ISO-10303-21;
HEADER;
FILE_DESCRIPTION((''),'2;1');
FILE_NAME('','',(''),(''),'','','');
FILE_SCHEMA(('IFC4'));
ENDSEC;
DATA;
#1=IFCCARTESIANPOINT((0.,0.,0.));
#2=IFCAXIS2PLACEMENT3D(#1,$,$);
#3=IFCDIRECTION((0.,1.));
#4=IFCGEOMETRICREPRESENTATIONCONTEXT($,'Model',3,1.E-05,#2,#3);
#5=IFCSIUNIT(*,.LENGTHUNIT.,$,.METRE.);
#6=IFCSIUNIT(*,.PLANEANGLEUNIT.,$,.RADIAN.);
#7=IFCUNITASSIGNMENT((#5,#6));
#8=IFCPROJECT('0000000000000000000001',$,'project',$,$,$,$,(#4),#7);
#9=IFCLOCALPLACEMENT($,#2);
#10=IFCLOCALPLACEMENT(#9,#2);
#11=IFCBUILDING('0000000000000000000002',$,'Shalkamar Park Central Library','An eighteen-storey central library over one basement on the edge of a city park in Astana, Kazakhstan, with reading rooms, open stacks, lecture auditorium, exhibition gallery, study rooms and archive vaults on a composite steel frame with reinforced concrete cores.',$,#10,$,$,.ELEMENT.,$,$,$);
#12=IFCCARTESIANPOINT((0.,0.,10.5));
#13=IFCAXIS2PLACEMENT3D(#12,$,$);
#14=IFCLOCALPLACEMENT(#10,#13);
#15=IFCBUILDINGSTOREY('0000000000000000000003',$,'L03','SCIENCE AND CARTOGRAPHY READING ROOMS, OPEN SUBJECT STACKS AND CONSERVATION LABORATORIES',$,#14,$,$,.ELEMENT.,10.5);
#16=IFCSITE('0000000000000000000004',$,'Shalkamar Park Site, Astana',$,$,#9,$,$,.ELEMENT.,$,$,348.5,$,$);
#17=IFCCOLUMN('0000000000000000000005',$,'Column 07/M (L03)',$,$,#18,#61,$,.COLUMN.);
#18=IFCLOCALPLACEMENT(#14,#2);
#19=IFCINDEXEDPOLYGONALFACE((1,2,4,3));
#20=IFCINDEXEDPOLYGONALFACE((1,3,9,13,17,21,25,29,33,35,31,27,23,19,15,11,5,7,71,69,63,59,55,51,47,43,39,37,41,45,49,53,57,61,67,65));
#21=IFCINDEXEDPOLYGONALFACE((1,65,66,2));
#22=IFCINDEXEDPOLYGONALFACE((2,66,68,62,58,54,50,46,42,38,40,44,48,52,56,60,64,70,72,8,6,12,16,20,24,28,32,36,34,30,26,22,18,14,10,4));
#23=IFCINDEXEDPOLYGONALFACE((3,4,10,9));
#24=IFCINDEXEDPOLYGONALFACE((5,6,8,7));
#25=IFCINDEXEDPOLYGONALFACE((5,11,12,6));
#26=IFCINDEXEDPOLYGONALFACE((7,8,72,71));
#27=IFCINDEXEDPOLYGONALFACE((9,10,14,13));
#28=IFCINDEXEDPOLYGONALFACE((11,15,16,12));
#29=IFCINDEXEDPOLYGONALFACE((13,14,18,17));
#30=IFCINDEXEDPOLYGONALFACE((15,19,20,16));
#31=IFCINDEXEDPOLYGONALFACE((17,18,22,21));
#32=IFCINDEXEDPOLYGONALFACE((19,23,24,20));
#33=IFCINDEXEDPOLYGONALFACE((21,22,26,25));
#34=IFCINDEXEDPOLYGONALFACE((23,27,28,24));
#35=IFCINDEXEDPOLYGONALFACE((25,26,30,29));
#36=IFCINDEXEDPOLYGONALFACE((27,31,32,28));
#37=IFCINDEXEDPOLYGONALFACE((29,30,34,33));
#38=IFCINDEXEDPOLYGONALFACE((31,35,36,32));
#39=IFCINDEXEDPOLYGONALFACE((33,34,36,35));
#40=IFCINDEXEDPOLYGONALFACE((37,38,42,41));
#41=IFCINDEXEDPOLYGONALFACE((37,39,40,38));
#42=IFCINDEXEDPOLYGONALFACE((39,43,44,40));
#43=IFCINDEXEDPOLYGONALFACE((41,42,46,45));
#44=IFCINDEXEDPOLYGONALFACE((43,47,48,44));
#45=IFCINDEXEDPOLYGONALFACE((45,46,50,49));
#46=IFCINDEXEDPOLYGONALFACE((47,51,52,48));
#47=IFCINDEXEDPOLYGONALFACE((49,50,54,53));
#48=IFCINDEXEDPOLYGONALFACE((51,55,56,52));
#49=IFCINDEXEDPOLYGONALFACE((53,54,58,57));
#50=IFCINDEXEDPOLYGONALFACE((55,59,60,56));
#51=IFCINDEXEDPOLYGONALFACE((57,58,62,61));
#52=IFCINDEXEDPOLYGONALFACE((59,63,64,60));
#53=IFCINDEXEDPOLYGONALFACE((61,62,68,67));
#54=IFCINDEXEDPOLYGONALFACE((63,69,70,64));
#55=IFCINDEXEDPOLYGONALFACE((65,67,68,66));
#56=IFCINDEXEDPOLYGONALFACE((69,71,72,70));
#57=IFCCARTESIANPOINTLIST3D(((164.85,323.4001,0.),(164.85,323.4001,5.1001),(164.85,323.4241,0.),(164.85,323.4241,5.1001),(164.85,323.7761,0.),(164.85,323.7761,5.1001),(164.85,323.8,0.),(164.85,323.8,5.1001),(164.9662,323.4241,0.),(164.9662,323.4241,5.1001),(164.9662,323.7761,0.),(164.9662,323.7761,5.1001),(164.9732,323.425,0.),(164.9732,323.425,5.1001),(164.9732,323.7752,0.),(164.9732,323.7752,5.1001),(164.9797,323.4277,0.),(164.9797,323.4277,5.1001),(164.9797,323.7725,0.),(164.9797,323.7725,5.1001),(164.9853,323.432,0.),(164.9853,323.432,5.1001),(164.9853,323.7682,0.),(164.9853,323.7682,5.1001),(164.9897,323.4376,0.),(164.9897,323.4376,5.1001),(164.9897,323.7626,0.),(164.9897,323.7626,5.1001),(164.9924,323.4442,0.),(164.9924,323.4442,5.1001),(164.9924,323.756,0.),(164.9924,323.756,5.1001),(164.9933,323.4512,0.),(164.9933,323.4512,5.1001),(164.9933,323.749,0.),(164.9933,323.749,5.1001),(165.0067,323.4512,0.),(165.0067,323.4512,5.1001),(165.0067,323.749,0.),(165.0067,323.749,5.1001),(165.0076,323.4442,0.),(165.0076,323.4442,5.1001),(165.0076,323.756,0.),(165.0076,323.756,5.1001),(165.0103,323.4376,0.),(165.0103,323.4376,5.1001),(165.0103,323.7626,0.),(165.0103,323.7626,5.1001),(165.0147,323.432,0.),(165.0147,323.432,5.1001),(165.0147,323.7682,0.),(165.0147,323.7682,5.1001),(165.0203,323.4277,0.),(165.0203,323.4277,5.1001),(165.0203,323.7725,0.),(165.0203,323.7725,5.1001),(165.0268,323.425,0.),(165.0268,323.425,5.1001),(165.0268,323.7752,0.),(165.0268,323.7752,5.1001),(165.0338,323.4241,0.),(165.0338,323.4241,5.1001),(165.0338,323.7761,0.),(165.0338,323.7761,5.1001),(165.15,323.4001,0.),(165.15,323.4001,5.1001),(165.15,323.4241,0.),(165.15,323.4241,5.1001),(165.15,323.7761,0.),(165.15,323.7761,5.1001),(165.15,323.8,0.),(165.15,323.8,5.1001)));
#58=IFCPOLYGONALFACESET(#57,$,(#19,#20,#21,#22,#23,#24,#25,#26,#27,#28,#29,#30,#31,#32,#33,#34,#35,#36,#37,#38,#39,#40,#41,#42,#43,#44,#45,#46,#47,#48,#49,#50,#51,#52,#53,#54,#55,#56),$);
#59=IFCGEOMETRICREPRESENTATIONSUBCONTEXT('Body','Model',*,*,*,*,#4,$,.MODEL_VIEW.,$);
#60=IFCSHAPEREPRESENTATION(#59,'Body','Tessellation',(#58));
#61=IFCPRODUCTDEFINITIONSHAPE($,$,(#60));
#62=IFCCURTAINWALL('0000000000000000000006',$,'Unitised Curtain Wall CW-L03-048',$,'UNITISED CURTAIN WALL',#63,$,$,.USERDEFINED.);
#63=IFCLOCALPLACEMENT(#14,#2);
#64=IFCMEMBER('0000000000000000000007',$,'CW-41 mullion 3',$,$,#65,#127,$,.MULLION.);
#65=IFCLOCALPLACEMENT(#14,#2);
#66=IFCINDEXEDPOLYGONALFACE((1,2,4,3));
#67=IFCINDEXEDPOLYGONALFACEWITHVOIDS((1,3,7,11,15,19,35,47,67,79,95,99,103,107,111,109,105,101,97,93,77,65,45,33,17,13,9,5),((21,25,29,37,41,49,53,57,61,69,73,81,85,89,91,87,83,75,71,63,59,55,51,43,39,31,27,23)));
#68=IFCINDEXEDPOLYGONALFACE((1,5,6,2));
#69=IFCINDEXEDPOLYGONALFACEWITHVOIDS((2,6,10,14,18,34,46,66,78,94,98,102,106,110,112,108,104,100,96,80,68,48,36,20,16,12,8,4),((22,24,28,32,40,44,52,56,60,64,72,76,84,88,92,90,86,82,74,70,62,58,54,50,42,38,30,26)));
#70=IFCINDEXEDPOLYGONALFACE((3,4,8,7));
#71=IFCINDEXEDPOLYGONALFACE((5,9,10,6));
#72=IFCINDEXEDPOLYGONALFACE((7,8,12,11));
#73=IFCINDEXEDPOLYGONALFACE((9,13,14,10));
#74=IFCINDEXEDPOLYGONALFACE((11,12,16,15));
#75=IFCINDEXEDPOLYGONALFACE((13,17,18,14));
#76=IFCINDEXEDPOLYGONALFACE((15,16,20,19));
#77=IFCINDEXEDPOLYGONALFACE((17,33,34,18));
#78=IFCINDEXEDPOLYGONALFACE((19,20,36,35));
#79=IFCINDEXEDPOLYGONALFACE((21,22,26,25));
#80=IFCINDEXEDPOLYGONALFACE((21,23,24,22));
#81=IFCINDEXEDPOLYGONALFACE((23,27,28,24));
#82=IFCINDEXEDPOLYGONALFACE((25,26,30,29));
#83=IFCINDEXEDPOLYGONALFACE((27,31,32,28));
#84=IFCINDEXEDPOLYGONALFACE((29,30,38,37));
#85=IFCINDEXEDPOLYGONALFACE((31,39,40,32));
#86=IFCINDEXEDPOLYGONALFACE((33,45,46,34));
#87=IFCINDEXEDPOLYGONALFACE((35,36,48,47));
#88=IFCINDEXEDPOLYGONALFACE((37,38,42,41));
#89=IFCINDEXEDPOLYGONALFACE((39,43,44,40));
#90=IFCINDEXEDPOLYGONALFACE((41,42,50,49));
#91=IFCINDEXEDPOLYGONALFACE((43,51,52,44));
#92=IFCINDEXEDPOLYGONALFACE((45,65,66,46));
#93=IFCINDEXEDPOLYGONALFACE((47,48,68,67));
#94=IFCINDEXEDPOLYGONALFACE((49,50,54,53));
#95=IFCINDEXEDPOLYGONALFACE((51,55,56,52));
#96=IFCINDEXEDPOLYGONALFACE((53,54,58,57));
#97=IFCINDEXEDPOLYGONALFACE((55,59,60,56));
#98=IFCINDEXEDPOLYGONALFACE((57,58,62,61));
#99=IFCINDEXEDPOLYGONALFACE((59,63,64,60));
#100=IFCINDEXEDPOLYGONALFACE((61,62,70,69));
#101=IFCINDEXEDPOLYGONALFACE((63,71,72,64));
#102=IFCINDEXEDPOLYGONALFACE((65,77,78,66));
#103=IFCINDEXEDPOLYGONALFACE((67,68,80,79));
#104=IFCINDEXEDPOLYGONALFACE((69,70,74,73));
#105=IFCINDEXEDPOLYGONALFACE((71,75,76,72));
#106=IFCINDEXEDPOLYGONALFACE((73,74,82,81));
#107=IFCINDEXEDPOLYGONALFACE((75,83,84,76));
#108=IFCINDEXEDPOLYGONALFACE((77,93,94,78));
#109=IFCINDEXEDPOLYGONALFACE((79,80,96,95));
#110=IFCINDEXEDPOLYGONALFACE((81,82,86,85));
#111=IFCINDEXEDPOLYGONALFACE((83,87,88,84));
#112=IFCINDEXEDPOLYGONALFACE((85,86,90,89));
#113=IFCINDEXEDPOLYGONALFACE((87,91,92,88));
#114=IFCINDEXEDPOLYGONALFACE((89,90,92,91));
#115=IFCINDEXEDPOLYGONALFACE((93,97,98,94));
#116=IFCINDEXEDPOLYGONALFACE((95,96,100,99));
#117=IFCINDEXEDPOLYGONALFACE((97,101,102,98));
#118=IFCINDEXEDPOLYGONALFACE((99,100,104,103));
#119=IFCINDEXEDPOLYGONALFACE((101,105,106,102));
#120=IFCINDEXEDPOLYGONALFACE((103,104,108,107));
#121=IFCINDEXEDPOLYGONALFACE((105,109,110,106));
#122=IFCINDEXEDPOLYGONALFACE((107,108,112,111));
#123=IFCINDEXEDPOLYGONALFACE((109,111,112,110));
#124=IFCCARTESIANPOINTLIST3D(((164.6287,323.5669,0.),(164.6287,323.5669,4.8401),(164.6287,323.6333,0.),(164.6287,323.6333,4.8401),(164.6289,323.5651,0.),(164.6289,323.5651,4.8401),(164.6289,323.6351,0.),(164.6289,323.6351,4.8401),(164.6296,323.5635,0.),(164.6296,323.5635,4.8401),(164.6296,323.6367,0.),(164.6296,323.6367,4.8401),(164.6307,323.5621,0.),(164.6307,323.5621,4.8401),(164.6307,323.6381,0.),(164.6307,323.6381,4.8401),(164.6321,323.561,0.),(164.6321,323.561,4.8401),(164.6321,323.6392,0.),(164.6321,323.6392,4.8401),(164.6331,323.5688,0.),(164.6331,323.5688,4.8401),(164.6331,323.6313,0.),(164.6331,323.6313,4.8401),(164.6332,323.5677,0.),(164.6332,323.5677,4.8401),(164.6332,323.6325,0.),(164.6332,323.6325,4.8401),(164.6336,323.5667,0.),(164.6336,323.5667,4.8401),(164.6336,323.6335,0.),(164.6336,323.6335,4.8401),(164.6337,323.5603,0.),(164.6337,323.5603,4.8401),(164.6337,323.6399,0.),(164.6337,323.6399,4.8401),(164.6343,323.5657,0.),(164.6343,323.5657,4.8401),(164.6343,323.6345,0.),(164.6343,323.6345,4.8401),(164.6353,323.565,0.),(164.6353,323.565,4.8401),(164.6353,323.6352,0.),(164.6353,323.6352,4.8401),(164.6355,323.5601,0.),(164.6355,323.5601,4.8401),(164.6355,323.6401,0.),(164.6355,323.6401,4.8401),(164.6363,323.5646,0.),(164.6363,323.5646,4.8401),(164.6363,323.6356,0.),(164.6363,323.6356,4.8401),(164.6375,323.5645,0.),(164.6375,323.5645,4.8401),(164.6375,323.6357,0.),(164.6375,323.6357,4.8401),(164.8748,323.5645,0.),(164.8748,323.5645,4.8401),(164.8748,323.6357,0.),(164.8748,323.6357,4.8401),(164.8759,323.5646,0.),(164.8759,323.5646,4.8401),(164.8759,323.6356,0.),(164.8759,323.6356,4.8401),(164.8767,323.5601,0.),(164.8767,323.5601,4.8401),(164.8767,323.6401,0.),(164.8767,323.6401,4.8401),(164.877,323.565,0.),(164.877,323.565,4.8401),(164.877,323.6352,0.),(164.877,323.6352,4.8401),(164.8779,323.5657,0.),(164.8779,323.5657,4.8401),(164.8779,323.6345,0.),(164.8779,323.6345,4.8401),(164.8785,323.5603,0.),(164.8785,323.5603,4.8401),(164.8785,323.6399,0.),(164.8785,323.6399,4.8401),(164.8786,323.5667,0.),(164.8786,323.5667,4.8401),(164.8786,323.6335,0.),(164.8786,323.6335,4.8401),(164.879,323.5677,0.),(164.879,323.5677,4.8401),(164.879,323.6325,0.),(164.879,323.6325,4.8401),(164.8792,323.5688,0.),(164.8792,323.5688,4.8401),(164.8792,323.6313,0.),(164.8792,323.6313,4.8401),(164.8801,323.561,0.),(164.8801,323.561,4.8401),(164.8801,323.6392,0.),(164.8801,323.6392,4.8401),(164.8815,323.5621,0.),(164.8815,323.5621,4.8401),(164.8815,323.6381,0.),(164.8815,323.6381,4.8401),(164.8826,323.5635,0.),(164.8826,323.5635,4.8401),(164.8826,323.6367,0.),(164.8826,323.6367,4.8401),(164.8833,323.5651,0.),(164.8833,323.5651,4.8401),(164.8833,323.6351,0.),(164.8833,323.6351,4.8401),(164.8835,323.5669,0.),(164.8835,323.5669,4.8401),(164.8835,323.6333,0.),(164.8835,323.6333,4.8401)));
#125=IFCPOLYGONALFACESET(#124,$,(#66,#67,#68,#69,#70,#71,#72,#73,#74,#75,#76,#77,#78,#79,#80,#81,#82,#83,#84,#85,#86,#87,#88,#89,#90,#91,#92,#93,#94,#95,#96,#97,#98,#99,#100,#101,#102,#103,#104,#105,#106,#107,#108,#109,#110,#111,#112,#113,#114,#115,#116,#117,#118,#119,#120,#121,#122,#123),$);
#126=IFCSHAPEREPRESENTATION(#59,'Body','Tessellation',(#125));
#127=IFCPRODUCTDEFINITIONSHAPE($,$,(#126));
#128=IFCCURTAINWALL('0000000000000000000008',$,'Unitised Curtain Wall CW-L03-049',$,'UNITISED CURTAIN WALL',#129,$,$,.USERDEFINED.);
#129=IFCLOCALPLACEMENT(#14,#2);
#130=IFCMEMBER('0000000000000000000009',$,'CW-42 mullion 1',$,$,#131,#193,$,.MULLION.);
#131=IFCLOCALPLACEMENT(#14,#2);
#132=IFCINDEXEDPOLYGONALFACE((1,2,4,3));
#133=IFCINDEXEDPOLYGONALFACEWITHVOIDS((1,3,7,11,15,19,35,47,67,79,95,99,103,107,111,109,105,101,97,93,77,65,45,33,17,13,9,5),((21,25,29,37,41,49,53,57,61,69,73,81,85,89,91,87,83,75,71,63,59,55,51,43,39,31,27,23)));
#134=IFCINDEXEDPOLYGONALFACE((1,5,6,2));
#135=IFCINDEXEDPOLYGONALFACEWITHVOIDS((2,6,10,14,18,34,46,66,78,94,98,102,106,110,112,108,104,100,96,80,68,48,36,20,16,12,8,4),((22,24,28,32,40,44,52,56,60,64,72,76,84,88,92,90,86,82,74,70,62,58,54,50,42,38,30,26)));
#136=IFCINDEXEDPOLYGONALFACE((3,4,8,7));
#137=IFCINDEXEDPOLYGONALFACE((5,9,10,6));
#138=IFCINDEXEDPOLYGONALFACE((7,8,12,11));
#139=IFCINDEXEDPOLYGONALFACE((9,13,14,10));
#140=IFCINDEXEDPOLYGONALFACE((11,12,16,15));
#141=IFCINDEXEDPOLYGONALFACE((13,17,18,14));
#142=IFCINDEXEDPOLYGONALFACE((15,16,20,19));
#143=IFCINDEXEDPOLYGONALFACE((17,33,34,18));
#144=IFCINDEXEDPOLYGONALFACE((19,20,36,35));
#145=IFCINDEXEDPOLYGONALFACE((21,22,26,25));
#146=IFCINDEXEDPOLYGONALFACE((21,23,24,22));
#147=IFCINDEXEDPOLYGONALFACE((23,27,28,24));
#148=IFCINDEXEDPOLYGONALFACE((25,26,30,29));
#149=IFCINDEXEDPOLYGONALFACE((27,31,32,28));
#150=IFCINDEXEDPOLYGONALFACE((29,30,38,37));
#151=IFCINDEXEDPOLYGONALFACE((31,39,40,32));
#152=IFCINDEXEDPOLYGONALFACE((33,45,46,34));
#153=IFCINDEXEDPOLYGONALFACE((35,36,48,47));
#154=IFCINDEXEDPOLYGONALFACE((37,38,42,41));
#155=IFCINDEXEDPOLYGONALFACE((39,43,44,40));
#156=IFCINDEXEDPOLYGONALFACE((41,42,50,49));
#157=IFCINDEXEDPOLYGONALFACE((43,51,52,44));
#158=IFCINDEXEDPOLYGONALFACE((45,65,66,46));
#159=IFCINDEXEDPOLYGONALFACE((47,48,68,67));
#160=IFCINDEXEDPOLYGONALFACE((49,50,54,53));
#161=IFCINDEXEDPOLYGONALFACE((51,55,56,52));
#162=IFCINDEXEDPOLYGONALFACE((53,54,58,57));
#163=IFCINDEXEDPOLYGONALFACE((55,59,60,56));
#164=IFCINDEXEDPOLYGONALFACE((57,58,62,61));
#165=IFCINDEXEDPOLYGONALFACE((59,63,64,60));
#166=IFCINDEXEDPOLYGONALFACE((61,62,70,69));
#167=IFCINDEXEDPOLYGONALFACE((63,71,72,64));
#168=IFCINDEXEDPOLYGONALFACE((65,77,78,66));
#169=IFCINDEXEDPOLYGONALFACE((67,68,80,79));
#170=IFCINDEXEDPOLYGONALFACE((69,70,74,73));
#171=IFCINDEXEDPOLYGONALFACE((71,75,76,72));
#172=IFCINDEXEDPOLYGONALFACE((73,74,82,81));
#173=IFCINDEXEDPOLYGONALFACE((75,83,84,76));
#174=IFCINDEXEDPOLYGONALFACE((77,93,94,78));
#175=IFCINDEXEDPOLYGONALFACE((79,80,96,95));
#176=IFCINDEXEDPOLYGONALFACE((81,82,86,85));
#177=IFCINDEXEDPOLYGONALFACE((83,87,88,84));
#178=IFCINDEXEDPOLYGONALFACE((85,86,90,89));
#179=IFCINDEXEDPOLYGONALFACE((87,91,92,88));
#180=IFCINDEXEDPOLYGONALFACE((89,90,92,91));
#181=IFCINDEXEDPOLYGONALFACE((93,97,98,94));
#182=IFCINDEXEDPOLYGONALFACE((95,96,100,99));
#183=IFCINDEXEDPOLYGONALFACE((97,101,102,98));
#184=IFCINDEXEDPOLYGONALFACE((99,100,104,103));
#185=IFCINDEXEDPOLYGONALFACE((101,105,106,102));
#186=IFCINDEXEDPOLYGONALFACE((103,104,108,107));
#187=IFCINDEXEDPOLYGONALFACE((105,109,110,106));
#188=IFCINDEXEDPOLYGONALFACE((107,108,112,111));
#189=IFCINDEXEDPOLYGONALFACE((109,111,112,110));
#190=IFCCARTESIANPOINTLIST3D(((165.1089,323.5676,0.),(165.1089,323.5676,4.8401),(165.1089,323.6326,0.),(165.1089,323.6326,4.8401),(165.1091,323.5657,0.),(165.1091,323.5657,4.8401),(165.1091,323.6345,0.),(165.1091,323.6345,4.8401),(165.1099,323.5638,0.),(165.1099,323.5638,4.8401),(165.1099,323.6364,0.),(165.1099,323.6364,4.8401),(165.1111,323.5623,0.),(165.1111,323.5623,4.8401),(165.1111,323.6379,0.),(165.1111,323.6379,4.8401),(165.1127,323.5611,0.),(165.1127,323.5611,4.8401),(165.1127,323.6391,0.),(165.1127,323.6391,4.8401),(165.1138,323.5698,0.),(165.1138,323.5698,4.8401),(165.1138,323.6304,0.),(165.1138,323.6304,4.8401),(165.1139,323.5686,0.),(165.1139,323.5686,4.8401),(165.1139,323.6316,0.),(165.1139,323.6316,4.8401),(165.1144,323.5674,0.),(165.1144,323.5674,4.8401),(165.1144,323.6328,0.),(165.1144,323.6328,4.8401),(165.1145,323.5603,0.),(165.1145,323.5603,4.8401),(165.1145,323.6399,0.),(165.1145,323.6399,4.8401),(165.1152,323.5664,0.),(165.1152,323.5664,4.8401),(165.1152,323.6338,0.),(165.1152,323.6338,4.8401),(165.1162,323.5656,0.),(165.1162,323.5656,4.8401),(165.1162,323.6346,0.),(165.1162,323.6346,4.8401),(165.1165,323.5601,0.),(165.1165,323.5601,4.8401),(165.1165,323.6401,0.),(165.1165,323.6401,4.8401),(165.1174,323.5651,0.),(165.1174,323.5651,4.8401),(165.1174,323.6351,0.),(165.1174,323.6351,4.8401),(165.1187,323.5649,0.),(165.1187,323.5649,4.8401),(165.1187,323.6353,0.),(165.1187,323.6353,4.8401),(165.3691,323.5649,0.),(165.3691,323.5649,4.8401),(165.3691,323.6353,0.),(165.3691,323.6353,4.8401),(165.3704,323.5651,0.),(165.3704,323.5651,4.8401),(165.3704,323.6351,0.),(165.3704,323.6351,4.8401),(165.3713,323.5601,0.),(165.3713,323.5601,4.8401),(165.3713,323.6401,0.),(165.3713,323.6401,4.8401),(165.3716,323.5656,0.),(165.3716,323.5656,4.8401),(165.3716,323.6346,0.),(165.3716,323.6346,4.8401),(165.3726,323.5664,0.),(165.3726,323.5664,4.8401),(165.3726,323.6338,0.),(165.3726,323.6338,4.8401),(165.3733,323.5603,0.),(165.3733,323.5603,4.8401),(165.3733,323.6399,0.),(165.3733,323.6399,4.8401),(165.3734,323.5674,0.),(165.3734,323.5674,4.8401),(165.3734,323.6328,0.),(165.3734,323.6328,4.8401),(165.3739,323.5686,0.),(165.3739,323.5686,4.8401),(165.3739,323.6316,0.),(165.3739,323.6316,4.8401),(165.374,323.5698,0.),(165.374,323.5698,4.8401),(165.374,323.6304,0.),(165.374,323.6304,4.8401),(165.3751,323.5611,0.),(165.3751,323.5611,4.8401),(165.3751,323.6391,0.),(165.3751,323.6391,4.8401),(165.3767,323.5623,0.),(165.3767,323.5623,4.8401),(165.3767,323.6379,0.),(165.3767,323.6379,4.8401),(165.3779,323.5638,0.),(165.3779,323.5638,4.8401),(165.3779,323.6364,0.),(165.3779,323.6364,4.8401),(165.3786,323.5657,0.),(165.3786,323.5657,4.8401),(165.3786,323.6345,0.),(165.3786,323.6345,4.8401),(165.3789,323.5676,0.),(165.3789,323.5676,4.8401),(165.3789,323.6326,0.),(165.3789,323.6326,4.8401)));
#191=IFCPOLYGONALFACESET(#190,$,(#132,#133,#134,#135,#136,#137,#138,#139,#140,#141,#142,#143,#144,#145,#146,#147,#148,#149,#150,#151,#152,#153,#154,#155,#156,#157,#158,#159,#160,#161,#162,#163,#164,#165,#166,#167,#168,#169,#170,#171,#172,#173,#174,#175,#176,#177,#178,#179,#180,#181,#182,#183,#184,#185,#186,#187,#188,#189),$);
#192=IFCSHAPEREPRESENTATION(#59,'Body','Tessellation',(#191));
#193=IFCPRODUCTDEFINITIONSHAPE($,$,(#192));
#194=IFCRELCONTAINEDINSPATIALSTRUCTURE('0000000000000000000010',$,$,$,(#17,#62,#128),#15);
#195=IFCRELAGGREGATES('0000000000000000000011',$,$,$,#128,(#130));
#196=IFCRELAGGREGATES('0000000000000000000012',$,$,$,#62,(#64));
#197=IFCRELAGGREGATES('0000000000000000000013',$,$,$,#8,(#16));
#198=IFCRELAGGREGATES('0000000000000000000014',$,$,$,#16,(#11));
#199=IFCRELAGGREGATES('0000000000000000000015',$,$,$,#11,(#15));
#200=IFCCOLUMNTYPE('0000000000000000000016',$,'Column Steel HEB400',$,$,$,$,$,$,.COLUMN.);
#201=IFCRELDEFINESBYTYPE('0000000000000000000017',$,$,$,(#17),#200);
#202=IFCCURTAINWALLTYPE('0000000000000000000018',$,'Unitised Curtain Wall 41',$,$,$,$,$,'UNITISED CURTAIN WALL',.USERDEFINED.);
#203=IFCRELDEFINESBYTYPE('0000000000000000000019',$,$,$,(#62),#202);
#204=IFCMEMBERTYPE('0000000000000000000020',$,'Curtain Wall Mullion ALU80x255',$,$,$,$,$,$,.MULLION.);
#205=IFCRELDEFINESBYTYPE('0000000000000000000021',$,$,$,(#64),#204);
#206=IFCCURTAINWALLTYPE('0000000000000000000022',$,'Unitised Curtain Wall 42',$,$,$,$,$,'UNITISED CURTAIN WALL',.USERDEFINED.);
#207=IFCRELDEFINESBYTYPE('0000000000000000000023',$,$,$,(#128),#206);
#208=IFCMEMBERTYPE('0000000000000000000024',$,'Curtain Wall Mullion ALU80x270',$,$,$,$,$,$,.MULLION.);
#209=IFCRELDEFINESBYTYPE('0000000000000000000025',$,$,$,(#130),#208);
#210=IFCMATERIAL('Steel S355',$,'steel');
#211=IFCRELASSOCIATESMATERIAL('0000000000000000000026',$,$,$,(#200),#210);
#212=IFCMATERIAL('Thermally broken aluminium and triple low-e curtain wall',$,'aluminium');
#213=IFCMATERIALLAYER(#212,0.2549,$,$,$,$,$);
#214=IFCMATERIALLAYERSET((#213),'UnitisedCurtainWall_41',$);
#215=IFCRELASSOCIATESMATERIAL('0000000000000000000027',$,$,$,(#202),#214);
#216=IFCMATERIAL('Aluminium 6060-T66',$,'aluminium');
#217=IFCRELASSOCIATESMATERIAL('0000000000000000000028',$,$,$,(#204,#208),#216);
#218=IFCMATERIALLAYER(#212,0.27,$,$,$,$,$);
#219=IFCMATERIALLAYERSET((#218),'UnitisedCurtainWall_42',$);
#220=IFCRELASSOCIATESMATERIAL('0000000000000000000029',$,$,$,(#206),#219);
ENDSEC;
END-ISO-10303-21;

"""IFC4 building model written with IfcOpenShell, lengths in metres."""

from ifc_helpers import new_model, si_unit, direction, frame, origin, origin_2d, place, context, subcontext, project, spatial, hollow_rectangle, i_section, extrude, material, layer, layer_set, material_profile, profile_set, type_object, element, aggregate, save


model = new_model("IFC4")

# Units and contexts
model_context = context("Model", 3, precision=1e-05, world=origin(), true_north=direction((0.0, 1.0)))
body_context = subcontext(model_context, "Body", "Model", "MODEL_VIEW")
ifc_project = project(units=[si_unit("LENGTHUNIT", "METRE"), si_unit("PLANEANGLEUNIT", "RADIAN")], contexts=[model_context])

# Site, building, storey
site_placement = place(None, origin())
site = spatial("IfcSite", under=ifc_project, at=site_placement, Name="Shalkamar Park Site, Astana", CompositionType="ELEMENT", RefElevation=348.5)
building_placement = place(site_placement, origin())
building = spatial("IfcBuilding", under=site, at=building_placement, Name="Shalkamar Park Central Library", Description="An eighteen-storey central library over one basement on the edge of a city park in Astana, Kazakhstan, with reading rooms, open stacks, lecture auditorium, exhibition gallery, study rooms and archive vaults on a composite steel frame with reinforced concrete cores.", CompositionType="ELEMENT")
storey_placement = place(building_placement, frame((0.0, 0.0, 10.5)))
storey = spatial("IfcBuildingStorey", under=building, at=storey_placement, Name="L03", Description="SCIENCE AND CARTOGRAPHY READING ROOMS, OPEN SUBJECT STACKS AND CONSERVATION LABORATORIES", CompositionType="ELEMENT", Elevation=10.5)

# Column
ifc_material_1 = material(Name="Steel S355", Category="steel")
ifc_material_profile_1 = material_profile(ifc_material_1, i_section(OverallWidth=0.3, OverallDepth=0.3999, WebThickness=0.0134, FlangeThickness=0.0239, FilletRadius=0.0271, at=origin_2d()), Name="HEB 400")
ifc_profile_set_1 = profile_set([ifc_material_profile_1], Name="Steel S355")
column_type = type_object("IfcColumnType", Name="Column Steel HEB400", PredefinedType="COLUMN", material=ifc_profile_set_1)
column_placement = place(storey_placement, frame((165.0, 323.6001, 0.0), z_axis=(0.0, 0.0, 1.0), x_axis=(1.0, 0.0, 0.0)))
element("IfcColumn", 1, at=column_placement, inside=storey, type_object=column_type, Name="Column 07/M (L03)", PredefinedType="COLUMN", context=body_context, shape_type="SweptSolid", body=[
    extrude(i_section(OverallWidth=0.3, OverallDepth=0.3999, WebThickness=0.0134, FlangeThickness=0.0239, FilletRadius=0.0271, at=origin_2d()), origin(), (0.0, 0.0, 1.0), 5.1001),
])

# Curtain wall, member
ifc_material_2 = material(Name="Thermally broken aluminium and triple low-e curtain wall", Category="aluminium")
ifc_layer_1 = layer(ifc_material_2, 0.2549)
ifc_layer_set_1 = layer_set([ifc_layer_1], Name="UnitisedCurtainWall_41")
curtain_wall_type_1 = type_object("IfcCurtainWallType", Name="Unitised Curtain Wall 41", ElementType="UNITISED CURTAIN WALL", PredefinedType="USERDEFINED", material=ifc_layer_set_1)
curtain_wall_1_placement = place(storey_placement, origin())
curtain_wall_1 = element("IfcCurtainWall", 2, at=curtain_wall_1_placement, inside=storey, type_object=curtain_wall_type_1, Name="Unitised Curtain Wall CW-L03-048", ObjectType="UNITISED CURTAIN WALL", PredefinedType="USERDEFINED")
ifc_material_3 = material(Name="Aluminium 6060-T66", Category="aluminium")
ifc_material_profile_2 = material_profile(ifc_material_3, hollow_rectangle(XDim=0.0801, YDim=0.2549, WallThickness=0.0044, InnerFilletRadius=0.0044, OuterFilletRadius=0.0068, at=origin_2d()), Name="ALU 80x255x4.5")
ifc_profile_set_2 = profile_set([ifc_material_profile_2], Name="Aluminium 6060-T66")
member_type_1 = type_object("IfcMemberType", Name="Curtain Wall Mullion ALU80x255", PredefinedType="MULLION", material=ifc_profile_set_2)
member_1_placement = place(storey_placement, frame((164.7561, 323.6001, 0.0), z_axis=(0.0, 0.0, 1.0), x_axis=(0.0, 1.0, 0.0)))
member_1 = element("IfcMember", 3, at=member_1_placement, type_object=member_type_1, Name="CW-41 mullion 3", PredefinedType="MULLION", context=body_context, shape_type="SweptSolid", body=[
    extrude(hollow_rectangle(XDim=0.0801, YDim=0.2549, WallThickness=0.0044, InnerFilletRadius=0.0044, OuterFilletRadius=0.0068, at=origin_2d()), origin(), (0.0, 0.0, 1.0), 4.8401),
])

# Curtain wall, member
ifc_layer_2 = layer(ifc_material_2, 0.27)
ifc_layer_set_2 = layer_set([ifc_layer_2], Name="UnitisedCurtainWall_42")
curtain_wall_type_2 = type_object("IfcCurtainWallType", Name="Unitised Curtain Wall 42", ElementType="UNITISED CURTAIN WALL", PredefinedType="USERDEFINED", material=ifc_layer_set_2)
curtain_wall_2_placement = place(storey_placement, origin())
curtain_wall_2 = element("IfcCurtainWall", 4, at=curtain_wall_2_placement, inside=storey, type_object=curtain_wall_type_2, Name="Unitised Curtain Wall CW-L03-049", ObjectType="UNITISED CURTAIN WALL", PredefinedType="USERDEFINED")
ifc_material_profile_3 = material_profile(ifc_material_3, hollow_rectangle(XDim=0.0801, YDim=0.27, WallThickness=0.0049, InnerFilletRadius=0.0049, OuterFilletRadius=0.0076, at=origin_2d()), Name="ALU 80x270x5")
ifc_profile_set_3 = profile_set([ifc_material_profile_3], Name="Aluminium 6060-T66")
member_type_2 = type_object("IfcMemberType", Name="Curtain Wall Mullion ALU80x270", PredefinedType="MULLION", material=ifc_profile_set_3)
member_2_placement = place(storey_placement, frame((165.2439, 323.6001, 0.0), z_axis=(0.0, 0.0, 1.0), x_axis=(0.0, 1.0, 0.0)))
member_2 = element("IfcMember", 5, at=member_2_placement, type_object=member_type_2, Name="CW-42 mullion 1", PredefinedType="MULLION", context=body_context, shape_type="SweptSolid", body=[
    extrude(hollow_rectangle(XDim=0.0801, YDim=0.27, WallThickness=0.0049, InnerFilletRadius=0.0049, OuterFilletRadius=0.0076, at=origin_2d()), origin(), (0.0, 0.0, 1.0), 4.8401),
])

aggregate(curtain_wall_2, [member_2])
aggregate(curtain_wall_1, [member_1])

save(model, "model.ifc")
